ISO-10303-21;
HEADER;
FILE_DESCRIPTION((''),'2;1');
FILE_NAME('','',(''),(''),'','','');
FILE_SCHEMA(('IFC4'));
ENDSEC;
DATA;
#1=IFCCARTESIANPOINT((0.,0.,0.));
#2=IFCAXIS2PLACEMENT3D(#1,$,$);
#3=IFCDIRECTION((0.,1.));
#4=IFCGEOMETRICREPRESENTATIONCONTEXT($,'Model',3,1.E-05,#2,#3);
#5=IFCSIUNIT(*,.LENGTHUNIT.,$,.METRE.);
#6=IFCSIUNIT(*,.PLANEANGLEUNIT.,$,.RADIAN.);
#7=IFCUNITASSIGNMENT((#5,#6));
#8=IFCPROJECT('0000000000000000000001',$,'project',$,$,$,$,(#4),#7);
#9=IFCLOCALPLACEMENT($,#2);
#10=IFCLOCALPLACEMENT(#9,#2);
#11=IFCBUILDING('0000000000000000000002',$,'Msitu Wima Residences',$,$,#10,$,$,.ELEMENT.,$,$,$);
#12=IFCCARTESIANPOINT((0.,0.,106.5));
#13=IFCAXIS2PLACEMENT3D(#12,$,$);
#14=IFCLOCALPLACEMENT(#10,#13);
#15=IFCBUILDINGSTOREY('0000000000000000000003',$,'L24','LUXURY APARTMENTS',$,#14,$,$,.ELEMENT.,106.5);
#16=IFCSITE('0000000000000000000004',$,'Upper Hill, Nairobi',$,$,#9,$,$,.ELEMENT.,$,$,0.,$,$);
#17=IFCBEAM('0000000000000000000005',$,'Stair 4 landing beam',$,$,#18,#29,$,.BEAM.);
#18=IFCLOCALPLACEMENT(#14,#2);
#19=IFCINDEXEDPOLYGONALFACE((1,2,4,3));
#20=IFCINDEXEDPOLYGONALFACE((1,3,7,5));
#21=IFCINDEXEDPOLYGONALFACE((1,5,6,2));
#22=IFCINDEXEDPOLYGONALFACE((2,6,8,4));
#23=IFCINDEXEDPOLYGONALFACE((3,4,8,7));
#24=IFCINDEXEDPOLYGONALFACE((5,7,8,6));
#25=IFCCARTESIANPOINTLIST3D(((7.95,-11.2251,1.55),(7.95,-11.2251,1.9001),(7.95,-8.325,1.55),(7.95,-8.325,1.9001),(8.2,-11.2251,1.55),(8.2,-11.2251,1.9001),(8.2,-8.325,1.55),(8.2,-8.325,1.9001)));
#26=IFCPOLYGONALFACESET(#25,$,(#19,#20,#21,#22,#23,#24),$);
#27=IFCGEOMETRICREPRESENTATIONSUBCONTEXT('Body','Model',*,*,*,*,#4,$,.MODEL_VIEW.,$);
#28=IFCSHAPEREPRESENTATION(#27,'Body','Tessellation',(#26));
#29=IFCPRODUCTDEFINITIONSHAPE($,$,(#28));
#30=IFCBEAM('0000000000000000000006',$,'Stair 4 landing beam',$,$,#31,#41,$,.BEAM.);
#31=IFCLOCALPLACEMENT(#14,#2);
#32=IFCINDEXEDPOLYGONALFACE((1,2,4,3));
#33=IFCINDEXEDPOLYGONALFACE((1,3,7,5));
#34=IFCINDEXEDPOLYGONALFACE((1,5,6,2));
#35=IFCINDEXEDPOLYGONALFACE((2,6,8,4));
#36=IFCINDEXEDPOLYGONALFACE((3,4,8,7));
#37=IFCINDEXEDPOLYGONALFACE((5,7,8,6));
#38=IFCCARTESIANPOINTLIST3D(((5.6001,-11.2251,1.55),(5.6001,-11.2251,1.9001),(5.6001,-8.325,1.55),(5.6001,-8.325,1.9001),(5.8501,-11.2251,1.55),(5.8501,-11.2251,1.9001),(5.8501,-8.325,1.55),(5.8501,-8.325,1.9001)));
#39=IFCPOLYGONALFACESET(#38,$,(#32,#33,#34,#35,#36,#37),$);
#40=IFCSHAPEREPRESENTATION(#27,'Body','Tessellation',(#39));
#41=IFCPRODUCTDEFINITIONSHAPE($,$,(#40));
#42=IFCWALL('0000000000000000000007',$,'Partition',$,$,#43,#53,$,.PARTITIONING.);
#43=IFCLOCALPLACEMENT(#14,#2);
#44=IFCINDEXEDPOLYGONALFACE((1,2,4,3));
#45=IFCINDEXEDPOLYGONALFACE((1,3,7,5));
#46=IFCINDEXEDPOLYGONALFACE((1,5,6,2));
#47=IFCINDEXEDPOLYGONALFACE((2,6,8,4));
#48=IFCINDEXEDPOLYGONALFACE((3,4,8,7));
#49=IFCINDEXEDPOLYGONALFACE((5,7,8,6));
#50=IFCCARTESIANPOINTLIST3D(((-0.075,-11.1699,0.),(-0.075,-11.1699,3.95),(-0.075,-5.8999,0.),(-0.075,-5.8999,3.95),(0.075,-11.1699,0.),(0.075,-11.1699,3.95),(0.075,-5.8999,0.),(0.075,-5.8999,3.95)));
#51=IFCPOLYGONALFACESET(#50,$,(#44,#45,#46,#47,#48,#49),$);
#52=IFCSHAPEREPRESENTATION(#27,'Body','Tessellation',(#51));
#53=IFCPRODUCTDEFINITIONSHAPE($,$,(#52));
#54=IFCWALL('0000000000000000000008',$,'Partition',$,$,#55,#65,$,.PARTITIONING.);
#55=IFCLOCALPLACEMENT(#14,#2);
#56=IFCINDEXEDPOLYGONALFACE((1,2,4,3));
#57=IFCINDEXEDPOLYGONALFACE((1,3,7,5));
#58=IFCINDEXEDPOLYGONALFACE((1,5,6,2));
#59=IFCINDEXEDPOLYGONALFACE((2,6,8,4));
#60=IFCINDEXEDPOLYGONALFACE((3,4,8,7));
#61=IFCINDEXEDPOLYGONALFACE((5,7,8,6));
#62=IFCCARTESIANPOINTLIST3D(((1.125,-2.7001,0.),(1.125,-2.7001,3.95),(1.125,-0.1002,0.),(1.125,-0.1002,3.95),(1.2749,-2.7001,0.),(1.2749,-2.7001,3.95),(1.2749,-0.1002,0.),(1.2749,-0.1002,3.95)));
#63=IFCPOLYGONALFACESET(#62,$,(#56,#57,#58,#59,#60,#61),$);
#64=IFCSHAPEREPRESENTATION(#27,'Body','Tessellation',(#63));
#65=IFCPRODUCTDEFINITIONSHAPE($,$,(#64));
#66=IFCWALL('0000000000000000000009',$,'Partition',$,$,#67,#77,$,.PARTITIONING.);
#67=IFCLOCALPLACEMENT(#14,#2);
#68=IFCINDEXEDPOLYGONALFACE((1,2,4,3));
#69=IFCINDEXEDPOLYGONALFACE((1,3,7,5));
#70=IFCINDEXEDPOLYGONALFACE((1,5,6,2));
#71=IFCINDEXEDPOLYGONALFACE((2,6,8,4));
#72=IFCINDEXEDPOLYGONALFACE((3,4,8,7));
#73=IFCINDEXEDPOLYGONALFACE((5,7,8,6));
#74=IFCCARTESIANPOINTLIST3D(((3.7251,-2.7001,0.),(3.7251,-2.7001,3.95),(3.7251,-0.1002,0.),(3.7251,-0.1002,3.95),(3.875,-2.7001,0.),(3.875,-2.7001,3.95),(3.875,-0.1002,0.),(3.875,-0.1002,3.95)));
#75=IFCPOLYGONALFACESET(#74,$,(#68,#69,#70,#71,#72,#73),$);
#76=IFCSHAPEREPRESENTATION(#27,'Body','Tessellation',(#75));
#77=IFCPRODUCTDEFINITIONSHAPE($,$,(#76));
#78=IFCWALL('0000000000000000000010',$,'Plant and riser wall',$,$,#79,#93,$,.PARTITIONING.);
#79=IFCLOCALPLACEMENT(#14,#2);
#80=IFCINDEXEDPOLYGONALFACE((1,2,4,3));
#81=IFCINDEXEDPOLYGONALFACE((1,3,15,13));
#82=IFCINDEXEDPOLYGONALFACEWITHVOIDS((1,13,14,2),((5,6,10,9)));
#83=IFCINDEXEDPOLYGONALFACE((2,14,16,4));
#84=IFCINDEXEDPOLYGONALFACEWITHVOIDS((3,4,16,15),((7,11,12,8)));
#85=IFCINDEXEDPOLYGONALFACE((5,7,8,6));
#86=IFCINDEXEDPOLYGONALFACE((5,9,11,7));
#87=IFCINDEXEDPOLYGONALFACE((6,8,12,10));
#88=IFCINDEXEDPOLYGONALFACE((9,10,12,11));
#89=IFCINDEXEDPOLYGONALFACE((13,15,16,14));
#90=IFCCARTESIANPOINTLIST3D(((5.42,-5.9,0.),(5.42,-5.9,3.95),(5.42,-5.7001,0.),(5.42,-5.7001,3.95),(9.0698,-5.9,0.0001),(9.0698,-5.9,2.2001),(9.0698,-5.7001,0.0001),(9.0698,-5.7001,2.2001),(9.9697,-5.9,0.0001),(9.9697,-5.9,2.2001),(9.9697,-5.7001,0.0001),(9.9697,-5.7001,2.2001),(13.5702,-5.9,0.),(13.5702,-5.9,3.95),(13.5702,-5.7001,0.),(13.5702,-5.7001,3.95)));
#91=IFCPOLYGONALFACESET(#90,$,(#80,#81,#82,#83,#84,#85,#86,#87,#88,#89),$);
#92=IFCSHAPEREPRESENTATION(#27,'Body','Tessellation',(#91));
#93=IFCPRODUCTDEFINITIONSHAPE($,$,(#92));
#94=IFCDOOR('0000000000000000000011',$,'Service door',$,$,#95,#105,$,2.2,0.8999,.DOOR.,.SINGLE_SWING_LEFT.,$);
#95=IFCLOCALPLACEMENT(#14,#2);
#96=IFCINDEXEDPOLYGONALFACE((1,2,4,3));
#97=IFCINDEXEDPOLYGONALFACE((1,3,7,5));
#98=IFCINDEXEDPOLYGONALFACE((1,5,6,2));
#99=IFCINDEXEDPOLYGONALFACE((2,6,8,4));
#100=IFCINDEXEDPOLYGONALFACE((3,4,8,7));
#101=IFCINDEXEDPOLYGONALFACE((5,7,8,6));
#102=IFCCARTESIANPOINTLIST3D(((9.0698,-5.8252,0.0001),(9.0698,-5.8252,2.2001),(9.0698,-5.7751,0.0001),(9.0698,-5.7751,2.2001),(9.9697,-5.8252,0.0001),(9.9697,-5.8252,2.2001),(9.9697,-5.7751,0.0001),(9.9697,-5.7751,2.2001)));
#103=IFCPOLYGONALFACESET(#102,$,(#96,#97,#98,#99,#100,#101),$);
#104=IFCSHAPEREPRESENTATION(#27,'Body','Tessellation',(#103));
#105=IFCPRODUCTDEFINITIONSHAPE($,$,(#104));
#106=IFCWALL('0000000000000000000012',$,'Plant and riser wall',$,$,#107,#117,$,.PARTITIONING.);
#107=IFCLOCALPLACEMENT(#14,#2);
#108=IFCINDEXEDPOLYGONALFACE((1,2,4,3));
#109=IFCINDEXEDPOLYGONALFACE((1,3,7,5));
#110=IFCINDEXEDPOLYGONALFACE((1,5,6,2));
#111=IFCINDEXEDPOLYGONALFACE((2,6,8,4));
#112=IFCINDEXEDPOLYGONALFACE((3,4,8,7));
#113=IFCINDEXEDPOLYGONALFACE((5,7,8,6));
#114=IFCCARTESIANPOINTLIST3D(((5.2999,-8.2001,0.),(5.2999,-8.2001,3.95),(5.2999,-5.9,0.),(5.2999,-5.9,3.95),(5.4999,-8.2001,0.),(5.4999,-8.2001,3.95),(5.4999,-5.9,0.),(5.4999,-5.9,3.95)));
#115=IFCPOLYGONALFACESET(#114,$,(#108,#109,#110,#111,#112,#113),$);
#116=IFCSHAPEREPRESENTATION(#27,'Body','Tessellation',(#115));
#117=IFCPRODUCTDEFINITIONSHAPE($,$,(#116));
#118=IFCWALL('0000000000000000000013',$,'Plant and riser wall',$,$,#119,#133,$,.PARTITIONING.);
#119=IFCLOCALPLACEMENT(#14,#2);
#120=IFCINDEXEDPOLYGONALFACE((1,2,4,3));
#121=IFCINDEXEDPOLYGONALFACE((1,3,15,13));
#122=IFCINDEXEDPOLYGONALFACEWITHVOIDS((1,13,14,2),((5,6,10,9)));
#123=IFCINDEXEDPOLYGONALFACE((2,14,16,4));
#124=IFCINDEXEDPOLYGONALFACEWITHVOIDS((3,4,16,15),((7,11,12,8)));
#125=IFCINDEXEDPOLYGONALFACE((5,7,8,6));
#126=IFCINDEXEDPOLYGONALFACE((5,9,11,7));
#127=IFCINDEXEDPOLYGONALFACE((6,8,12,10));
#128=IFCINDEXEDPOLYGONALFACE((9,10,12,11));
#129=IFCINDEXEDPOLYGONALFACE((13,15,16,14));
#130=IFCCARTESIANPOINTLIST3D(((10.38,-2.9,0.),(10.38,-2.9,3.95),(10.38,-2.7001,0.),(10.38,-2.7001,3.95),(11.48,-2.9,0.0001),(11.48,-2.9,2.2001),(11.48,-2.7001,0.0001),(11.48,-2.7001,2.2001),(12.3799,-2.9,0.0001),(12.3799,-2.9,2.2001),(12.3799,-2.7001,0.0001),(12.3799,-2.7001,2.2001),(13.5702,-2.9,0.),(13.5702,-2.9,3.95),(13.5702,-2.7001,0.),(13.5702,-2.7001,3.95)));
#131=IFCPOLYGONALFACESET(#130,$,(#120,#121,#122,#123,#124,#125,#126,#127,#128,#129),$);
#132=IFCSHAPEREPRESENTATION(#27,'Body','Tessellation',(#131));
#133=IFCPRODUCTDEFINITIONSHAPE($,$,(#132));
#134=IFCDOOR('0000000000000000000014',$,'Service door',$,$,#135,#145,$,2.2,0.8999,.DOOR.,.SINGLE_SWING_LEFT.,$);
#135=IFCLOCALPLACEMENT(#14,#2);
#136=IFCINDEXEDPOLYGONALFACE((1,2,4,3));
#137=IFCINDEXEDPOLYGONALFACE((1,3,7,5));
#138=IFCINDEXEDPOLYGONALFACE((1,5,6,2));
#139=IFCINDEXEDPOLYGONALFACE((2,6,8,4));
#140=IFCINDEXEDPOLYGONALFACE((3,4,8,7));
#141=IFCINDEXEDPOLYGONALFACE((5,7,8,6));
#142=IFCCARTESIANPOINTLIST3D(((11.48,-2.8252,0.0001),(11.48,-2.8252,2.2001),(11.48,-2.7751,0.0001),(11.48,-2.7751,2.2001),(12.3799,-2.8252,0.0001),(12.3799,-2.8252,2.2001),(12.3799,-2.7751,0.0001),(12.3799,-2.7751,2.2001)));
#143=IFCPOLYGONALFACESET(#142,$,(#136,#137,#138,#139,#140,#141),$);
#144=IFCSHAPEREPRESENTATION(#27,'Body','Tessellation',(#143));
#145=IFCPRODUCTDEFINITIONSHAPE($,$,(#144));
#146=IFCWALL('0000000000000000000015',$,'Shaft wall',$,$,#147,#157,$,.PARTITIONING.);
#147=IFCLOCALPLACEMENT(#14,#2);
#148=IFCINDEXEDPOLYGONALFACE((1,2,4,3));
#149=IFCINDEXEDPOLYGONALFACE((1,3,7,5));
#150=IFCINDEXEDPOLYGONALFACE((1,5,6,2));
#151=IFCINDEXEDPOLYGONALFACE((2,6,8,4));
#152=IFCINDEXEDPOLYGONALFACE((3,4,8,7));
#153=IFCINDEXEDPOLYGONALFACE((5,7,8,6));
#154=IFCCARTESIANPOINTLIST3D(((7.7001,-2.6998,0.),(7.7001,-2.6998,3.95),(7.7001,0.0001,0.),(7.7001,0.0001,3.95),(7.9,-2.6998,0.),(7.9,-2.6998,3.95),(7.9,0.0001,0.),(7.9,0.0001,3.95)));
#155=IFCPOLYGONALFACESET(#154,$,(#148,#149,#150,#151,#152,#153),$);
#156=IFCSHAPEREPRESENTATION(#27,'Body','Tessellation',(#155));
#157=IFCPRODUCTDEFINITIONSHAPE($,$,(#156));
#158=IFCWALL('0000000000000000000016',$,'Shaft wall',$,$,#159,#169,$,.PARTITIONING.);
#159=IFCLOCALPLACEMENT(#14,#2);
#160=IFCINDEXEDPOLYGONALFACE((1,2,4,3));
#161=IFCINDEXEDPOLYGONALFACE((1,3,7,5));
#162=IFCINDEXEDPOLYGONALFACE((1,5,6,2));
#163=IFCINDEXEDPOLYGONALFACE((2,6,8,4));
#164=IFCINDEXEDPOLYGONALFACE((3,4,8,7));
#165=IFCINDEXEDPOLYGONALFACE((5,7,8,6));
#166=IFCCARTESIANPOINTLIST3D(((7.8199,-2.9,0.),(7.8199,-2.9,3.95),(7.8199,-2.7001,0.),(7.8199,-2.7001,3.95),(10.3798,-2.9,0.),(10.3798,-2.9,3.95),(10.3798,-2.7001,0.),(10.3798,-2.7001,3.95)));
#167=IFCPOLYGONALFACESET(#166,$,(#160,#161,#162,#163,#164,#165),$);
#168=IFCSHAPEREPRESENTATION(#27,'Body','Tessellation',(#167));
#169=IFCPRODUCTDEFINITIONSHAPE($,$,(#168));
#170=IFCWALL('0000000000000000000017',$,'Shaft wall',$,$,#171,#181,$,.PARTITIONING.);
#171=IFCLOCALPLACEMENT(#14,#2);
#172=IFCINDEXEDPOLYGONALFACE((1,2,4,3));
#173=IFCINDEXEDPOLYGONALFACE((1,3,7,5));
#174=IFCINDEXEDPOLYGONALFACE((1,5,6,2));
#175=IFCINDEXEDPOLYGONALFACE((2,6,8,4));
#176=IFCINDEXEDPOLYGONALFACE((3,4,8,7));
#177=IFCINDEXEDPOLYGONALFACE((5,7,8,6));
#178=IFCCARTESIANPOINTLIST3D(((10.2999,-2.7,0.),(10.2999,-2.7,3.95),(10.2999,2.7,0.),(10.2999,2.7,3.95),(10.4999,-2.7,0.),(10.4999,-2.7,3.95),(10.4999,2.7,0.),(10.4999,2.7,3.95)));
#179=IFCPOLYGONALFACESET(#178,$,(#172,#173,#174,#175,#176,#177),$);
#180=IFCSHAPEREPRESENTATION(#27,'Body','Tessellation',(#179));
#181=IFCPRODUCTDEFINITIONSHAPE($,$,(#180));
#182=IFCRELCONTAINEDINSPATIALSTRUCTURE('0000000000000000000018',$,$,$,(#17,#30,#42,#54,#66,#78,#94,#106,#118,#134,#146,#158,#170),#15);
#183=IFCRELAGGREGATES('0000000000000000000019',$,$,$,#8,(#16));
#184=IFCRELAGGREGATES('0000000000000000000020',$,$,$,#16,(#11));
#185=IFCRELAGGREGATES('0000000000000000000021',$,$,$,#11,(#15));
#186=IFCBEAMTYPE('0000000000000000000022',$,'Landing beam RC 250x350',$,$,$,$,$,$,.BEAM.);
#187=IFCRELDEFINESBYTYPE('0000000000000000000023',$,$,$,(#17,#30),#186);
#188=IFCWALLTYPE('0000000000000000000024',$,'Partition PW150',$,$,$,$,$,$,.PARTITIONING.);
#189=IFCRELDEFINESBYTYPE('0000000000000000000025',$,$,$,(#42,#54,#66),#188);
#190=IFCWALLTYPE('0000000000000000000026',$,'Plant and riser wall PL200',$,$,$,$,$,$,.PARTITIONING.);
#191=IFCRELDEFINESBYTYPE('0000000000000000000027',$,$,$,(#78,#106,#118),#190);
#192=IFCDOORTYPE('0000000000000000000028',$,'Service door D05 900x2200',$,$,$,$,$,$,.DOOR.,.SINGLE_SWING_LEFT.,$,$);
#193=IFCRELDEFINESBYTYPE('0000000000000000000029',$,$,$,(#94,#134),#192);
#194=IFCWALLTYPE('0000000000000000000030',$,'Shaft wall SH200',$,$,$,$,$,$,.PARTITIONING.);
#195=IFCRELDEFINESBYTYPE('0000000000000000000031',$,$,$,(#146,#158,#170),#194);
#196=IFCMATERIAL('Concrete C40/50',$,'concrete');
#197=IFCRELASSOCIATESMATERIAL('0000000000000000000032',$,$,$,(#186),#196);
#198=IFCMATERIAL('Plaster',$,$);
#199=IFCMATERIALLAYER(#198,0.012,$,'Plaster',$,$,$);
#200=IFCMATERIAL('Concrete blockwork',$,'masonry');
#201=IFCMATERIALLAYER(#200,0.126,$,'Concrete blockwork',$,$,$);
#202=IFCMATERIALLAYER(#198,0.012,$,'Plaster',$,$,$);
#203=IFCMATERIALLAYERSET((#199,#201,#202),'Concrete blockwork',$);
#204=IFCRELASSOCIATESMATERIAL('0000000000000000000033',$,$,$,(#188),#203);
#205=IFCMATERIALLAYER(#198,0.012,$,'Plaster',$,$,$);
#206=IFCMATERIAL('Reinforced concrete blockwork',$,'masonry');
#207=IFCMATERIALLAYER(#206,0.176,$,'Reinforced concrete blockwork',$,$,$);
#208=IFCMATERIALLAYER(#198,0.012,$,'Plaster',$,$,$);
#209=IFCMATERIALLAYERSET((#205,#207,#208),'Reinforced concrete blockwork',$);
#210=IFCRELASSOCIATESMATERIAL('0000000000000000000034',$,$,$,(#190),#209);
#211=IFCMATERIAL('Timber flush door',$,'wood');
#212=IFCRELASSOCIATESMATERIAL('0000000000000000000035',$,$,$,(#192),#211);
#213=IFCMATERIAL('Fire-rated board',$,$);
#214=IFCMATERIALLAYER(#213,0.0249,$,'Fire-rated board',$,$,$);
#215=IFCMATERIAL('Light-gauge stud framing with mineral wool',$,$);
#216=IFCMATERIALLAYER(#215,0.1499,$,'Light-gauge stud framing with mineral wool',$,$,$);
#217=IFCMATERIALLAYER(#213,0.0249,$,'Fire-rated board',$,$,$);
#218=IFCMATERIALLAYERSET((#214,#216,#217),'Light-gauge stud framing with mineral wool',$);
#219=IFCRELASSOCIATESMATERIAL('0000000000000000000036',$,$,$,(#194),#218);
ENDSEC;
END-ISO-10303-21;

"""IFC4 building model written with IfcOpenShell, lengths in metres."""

from ifc_helpers import new_model, si_unit, direction, frame, frame_2d, origin, origin_2d, place, context, subcontext, project, spatial, rectangle, extrude, material, layer, layer_set, material_profile, profile_set, type_object, element, fill, save


model = new_model("IFC4")

# Units and contexts
model_context = context("Model", 3, precision=1e-05, world=origin(), true_north=direction((0.0, 1.0)))
body_context = subcontext(model_context, "Body", "Model", "MODEL_VIEW")
ifc_project = project(units=[si_unit("LENGTHUNIT", "METRE"), si_unit("PLANEANGLEUNIT", "RADIAN")], contexts=[model_context])

# Site, building, storey
site_placement = place(None, origin())
site = spatial("IfcSite", under=ifc_project, at=site_placement, Name="Upper Hill, Nairobi", CompositionType="ELEMENT", RefElevation=0.0)
building_placement = place(site_placement, origin())
building = spatial("IfcBuilding", under=site, at=building_placement, Name="Msitu Wima Residences", CompositionType="ELEMENT")
storey_placement = place(building_placement, frame((0.0, 0.0, 106.5)))
storey = spatial("IfcBuildingStorey", under=building, at=storey_placement, Name="L24", Description="LUXURY APARTMENTS", CompositionType="ELEMENT", Elevation=106.5)

# Beams
ifc_material_1 = material(Name="Concrete C40/50", Category="concrete")
ifc_material_profile = material_profile(ifc_material_1, rectangle(XDim=0.25, YDim=0.3501, at=origin_2d()), Name="RC 250x350")
ifc_profile_set = profile_set([ifc_material_profile], Name="Concrete C40/50")
beam_type = type_object("IfcBeamType", Name="Landing beam RC 250x350", PredefinedType="BEAM", material=ifc_profile_set)
for number, where, z_axis, x_axis, name in (
    (1, (8.075, -11.2251, 1.7251), (0.0, 1.0, 0.0), (-1.0, 0.0, 0.0), "Stair 4 landing beam"),
    (2, (5.7251, -11.2251, 1.7251), (0.0, 1.0, 0.0), (-1.0, 0.0, 0.0), "Stair 4 landing beam"),
):
    element("IfcBeam", number, at=place(storey_placement, frame(where, z_axis=z_axis, x_axis=x_axis)), inside=storey, type_object=beam_type, Name=name, PredefinedType="BEAM", context=body_context, shape_type="SweptSolid", body=[
        extrude(rectangle(XDim=0.25, YDim=0.3501, at=origin_2d()), origin(), (0.0, 0.0, 1.0), 2.9001),
    ])

# Walls
ifc_material_2 = material(Name="Plaster")
ifc_layer_1 = layer(ifc_material_2, 0.012, Name="Plaster")
ifc_material_3 = material(Name="Concrete blockwork", Category="masonry")
ifc_layer_2 = layer(ifc_material_3, 0.126, Name="Concrete blockwork")
ifc_layer_3 = layer(ifc_material_2, 0.012, Name="Plaster")
ifc_layer_set_1 = layer_set([ifc_layer_1, ifc_layer_2, ifc_layer_3], Name="Concrete blockwork")
wall_type_1 = type_object("IfcWallType", Name="Partition PW150", PredefinedType="PARTITIONING", material=ifc_layer_set_1)
wall_1_placement = place(storey_placement, frame((0.0, -11.1699, 0.0), z_axis=(0.0, 0.0, 1.0), x_axis=(0.0, 1.0, 0.0)))
element("IfcWall", 3, at=wall_1_placement, inside=storey, type_object=wall_type_1, Name="Partition", PredefinedType="PARTITIONING", context=body_context, shape_type="SweptSolid", body=[
    extrude(rectangle(XDim=5.27, YDim=0.1499, at=frame_2d((2.635, 0.0))), origin(), (0.0, 0.0, 1.0), 3.95),
])
for number, where, z_axis, x_axis, name in (
    (4, (1.2, -2.7, 0.0), (0.0, 0.0, 1.0), (0.0, 1.0, 0.0), "Partition"),
    (5, (3.8, -2.7, 0.0), (0.0, 0.0, 1.0), (0.0, 1.0, 0.0), "Partition"),
):
    element("IfcWall", number, at=place(storey_placement, frame(where, z_axis=z_axis, x_axis=x_axis)), inside=storey, type_object=wall_type_1, Name=name, PredefinedType="PARTITIONING", context=body_context, shape_type="SweptSolid", body=[
        extrude(rectangle(XDim=2.5999, YDim=0.1499, at=frame_2d((1.2998, 0.0))), origin(), (0.0, 0.0, 1.0), 3.95),
    ])

# Wall, opening, door
ifc_layer_4 = layer(ifc_material_2, 0.012, Name="Plaster")
ifc_material_4 = material(Name="Reinforced concrete blockwork", Category="masonry")
ifc_layer_5 = layer(ifc_material_4, 0.176, Name="Reinforced concrete blockwork")
ifc_layer_6 = layer(ifc_material_2, 0.012, Name="Plaster")
ifc_layer_set_2 = layer_set([ifc_layer_4, ifc_layer_5, ifc_layer_6], Name="Reinforced concrete blockwork")
wall_type_2 = type_object("IfcWallType", Name="Plant and riser wall PL200", PredefinedType="PARTITIONING", material=ifc_layer_set_2)
wall_2_placement = place(storey_placement, frame((5.4199, -5.8, 0.0), z_axis=(0.0, 0.0, 1.0), x_axis=(1.0, 0.0, 0.0)))
wall_2 = element("IfcWall", 6, at=wall_2_placement, inside=storey, type_object=wall_type_2, Name="Plant and riser wall", PredefinedType="PARTITIONING", context=body_context, shape_type="SweptSolid", body=[
    extrude(rectangle(XDim=8.1501, YDim=0.2, at=frame_2d((4.0752, 0.0))), origin(), (0.0, 0.0, 1.0), 3.95),
])
opening_1_placement = place(wall_2_placement, frame((3.6499, 0.0, 0.0)))
opening_1 = element("IfcOpeningElement", 7, at=opening_1_placement, cuts=wall_2, PredefinedType="OPENING", context=body_context, shape_type="SweptSolid", body=[
    extrude(rectangle(XDim=0.8999, YDim=2.2, at=frame_2d((0.45, 1.1001))), frame((0.0, 0.1099, 0.0), z_axis=(0.0, -1.0, 0.0), x_axis=(1.0, 0.0, 0.0)), (0.0, 0.0, 1.0), 0.22),
])
ifc_material_5 = material(Name="Timber flush door", Category="wood")
door_type = type_object("IfcDoorType", Name="Service door D05 900x2200", OperationType="SINGLE_SWING_LEFT", PredefinedType="DOOR", material=ifc_material_5)
door_1_placement = place(opening_1_placement, origin())
door_1 = element("IfcDoor", 8, at=door_1_placement, inside=storey, type_object=door_type, Name="Service door", OperationType="SINGLE_SWING_LEFT", OverallHeight=2.2, OverallWidth=0.8999, PredefinedType="DOOR", context=body_context, shape_type="SweptSolid", body=[
    extrude(rectangle(XDim=0.8999, YDim=2.2, at=frame_2d((0.45, 1.1001))), frame((0.0, 0.0249, 0.0), z_axis=(0.0, -1.0, 0.0), x_axis=(1.0, 0.0, 0.0)), (0.0, 0.0, 1.0), 0.05),
])
fill(opening_1, door_1)

# Wall
wall_3_placement = place(storey_placement, frame((5.3999, -8.2, 0.0), z_axis=(0.0, 0.0, 1.0), x_axis=(0.0, 1.0, 0.0)))
element("IfcWall", 9, at=wall_3_placement, inside=storey, type_object=wall_type_2, Name="Plant and riser wall", PredefinedType="PARTITIONING", context=body_context, shape_type="SweptSolid", body=[
    extrude(rectangle(XDim=2.3, YDim=0.2, at=frame_2d((1.1499, 0.0))), origin(), (0.0, 0.0, 1.0), 3.95),
])

# Wall, opening, door
wall_4_placement = place(storey_placement, frame((10.3799, -2.8, 0.0), z_axis=(0.0, 0.0, 1.0), x_axis=(1.0, 0.0, 0.0)))
wall_4 = element("IfcWall", 10, at=wall_4_placement, inside=storey, type_object=wall_type_2, Name="Plant and riser wall", PredefinedType="PARTITIONING", context=body_context, shape_type="SweptSolid", body=[
    extrude(rectangle(XDim=3.1902, YDim=0.2, at=frame_2d((1.5952, 0.0))), origin(), (0.0, 0.0, 1.0), 3.95),
])
opening_2_placement = place(wall_4_placement, frame((1.1001, 0.0, 0.0)))
opening_2 = element("IfcOpeningElement", 11, at=opening_2_placement, cuts=wall_4, PredefinedType="OPENING", context=body_context, shape_type="SweptSolid", body=[
    extrude(rectangle(XDim=0.8999, YDim=2.2, at=frame_2d((0.45, 1.1001))), frame((0.0, 0.1099, 0.0), z_axis=(0.0, -1.0, 0.0), x_axis=(1.0, 0.0, 0.0)), (0.0, 0.0, 1.0), 0.22),
])
door_2_placement = place(opening_2_placement, origin())
door_2 = element("IfcDoor", 12, at=door_2_placement, inside=storey, type_object=door_type, Name="Service door", OperationType="SINGLE_SWING_LEFT", OverallHeight=2.2, OverallWidth=0.8999, PredefinedType="DOOR", context=body_context, shape_type="SweptSolid", body=[
    extrude(rectangle(XDim=0.8999, YDim=2.2, at=frame_2d((0.45, 1.1001))), frame((0.0, 0.0249, 0.0), z_axis=(0.0, -1.0, 0.0), x_axis=(1.0, 0.0, 0.0)), (0.0, 0.0, 1.0), 0.05),
])
fill(opening_2, door_2)

# Walls
ifc_material_6 = material(Name="Fire-rated board")
ifc_layer_7 = layer(ifc_material_6, 0.0249, Name="Fire-rated board")
ifc_material_7 = material(Name="Light-gauge stud framing with mineral wool")
ifc_layer_8 = layer(ifc_material_7, 0.1499, Name="Light-gauge stud framing with mineral wool")
ifc_layer_9 = layer(ifc_material_6, 0.0249, Name="Fire-rated board")
ifc_layer_set_3 = layer_set([ifc_layer_7, ifc_layer_8, ifc_layer_9], Name="Light-gauge stud framing with mineral wool")
wall_type_3 = type_object("IfcWallType", Name="Shaft wall SH200", PredefinedType="PARTITIONING", material=ifc_layer_set_3)
wall_5_placement = place(storey_placement, frame((7.8, -2.7, 0.0), z_axis=(0.0, 0.0, 1.0), x_axis=(0.0, 1.0, 0.0)))
element("IfcWall", 13, at=wall_5_placement, inside=storey, type_object=wall_type_3, Name="Shaft wall", PredefinedType="PARTITIONING", context=body_context, shape_type="SweptSolid", body=[
    extrude(rectangle(XDim=2.7, YDim=0.2, at=frame_2d((1.3501, 0.0))), origin(), (0.0, 0.0, 1.0), 3.95),
])
wall_6_placement = place(storey_placement, frame((7.8201, -2.8, 0.0), z_axis=(0.0, 0.0, 1.0), x_axis=(1.0, 0.0, 0.0)))
element("IfcWall", 14, at=wall_6_placement, inside=storey, type_object=wall_type_3, Name="Shaft wall", PredefinedType="PARTITIONING", context=body_context, shape_type="SweptSolid", body=[
    extrude(rectangle(XDim=2.5598, YDim=0.2, at=frame_2d((1.2798, 0.0))), origin(), (0.0, 0.0, 1.0), 3.95),
])
wall_7_placement = place(storey_placement, frame((10.3999, -2.7, 0.0), z_axis=(0.0, 0.0, 1.0), x_axis=(0.0, 1.0, 0.0)))
element("IfcWall", 15, at=wall_7_placement, inside=storey, type_object=wall_type_3, Name="Shaft wall", PredefinedType="PARTITIONING", context=body_context, shape_type="SweptSolid", body=[
    extrude(rectangle(XDim=5.3999, YDim=0.2, at=frame_2d((2.7, 0.0))), origin(), (0.0, 0.0, 1.0), 3.95),
])

save(model, "model.ifc")
